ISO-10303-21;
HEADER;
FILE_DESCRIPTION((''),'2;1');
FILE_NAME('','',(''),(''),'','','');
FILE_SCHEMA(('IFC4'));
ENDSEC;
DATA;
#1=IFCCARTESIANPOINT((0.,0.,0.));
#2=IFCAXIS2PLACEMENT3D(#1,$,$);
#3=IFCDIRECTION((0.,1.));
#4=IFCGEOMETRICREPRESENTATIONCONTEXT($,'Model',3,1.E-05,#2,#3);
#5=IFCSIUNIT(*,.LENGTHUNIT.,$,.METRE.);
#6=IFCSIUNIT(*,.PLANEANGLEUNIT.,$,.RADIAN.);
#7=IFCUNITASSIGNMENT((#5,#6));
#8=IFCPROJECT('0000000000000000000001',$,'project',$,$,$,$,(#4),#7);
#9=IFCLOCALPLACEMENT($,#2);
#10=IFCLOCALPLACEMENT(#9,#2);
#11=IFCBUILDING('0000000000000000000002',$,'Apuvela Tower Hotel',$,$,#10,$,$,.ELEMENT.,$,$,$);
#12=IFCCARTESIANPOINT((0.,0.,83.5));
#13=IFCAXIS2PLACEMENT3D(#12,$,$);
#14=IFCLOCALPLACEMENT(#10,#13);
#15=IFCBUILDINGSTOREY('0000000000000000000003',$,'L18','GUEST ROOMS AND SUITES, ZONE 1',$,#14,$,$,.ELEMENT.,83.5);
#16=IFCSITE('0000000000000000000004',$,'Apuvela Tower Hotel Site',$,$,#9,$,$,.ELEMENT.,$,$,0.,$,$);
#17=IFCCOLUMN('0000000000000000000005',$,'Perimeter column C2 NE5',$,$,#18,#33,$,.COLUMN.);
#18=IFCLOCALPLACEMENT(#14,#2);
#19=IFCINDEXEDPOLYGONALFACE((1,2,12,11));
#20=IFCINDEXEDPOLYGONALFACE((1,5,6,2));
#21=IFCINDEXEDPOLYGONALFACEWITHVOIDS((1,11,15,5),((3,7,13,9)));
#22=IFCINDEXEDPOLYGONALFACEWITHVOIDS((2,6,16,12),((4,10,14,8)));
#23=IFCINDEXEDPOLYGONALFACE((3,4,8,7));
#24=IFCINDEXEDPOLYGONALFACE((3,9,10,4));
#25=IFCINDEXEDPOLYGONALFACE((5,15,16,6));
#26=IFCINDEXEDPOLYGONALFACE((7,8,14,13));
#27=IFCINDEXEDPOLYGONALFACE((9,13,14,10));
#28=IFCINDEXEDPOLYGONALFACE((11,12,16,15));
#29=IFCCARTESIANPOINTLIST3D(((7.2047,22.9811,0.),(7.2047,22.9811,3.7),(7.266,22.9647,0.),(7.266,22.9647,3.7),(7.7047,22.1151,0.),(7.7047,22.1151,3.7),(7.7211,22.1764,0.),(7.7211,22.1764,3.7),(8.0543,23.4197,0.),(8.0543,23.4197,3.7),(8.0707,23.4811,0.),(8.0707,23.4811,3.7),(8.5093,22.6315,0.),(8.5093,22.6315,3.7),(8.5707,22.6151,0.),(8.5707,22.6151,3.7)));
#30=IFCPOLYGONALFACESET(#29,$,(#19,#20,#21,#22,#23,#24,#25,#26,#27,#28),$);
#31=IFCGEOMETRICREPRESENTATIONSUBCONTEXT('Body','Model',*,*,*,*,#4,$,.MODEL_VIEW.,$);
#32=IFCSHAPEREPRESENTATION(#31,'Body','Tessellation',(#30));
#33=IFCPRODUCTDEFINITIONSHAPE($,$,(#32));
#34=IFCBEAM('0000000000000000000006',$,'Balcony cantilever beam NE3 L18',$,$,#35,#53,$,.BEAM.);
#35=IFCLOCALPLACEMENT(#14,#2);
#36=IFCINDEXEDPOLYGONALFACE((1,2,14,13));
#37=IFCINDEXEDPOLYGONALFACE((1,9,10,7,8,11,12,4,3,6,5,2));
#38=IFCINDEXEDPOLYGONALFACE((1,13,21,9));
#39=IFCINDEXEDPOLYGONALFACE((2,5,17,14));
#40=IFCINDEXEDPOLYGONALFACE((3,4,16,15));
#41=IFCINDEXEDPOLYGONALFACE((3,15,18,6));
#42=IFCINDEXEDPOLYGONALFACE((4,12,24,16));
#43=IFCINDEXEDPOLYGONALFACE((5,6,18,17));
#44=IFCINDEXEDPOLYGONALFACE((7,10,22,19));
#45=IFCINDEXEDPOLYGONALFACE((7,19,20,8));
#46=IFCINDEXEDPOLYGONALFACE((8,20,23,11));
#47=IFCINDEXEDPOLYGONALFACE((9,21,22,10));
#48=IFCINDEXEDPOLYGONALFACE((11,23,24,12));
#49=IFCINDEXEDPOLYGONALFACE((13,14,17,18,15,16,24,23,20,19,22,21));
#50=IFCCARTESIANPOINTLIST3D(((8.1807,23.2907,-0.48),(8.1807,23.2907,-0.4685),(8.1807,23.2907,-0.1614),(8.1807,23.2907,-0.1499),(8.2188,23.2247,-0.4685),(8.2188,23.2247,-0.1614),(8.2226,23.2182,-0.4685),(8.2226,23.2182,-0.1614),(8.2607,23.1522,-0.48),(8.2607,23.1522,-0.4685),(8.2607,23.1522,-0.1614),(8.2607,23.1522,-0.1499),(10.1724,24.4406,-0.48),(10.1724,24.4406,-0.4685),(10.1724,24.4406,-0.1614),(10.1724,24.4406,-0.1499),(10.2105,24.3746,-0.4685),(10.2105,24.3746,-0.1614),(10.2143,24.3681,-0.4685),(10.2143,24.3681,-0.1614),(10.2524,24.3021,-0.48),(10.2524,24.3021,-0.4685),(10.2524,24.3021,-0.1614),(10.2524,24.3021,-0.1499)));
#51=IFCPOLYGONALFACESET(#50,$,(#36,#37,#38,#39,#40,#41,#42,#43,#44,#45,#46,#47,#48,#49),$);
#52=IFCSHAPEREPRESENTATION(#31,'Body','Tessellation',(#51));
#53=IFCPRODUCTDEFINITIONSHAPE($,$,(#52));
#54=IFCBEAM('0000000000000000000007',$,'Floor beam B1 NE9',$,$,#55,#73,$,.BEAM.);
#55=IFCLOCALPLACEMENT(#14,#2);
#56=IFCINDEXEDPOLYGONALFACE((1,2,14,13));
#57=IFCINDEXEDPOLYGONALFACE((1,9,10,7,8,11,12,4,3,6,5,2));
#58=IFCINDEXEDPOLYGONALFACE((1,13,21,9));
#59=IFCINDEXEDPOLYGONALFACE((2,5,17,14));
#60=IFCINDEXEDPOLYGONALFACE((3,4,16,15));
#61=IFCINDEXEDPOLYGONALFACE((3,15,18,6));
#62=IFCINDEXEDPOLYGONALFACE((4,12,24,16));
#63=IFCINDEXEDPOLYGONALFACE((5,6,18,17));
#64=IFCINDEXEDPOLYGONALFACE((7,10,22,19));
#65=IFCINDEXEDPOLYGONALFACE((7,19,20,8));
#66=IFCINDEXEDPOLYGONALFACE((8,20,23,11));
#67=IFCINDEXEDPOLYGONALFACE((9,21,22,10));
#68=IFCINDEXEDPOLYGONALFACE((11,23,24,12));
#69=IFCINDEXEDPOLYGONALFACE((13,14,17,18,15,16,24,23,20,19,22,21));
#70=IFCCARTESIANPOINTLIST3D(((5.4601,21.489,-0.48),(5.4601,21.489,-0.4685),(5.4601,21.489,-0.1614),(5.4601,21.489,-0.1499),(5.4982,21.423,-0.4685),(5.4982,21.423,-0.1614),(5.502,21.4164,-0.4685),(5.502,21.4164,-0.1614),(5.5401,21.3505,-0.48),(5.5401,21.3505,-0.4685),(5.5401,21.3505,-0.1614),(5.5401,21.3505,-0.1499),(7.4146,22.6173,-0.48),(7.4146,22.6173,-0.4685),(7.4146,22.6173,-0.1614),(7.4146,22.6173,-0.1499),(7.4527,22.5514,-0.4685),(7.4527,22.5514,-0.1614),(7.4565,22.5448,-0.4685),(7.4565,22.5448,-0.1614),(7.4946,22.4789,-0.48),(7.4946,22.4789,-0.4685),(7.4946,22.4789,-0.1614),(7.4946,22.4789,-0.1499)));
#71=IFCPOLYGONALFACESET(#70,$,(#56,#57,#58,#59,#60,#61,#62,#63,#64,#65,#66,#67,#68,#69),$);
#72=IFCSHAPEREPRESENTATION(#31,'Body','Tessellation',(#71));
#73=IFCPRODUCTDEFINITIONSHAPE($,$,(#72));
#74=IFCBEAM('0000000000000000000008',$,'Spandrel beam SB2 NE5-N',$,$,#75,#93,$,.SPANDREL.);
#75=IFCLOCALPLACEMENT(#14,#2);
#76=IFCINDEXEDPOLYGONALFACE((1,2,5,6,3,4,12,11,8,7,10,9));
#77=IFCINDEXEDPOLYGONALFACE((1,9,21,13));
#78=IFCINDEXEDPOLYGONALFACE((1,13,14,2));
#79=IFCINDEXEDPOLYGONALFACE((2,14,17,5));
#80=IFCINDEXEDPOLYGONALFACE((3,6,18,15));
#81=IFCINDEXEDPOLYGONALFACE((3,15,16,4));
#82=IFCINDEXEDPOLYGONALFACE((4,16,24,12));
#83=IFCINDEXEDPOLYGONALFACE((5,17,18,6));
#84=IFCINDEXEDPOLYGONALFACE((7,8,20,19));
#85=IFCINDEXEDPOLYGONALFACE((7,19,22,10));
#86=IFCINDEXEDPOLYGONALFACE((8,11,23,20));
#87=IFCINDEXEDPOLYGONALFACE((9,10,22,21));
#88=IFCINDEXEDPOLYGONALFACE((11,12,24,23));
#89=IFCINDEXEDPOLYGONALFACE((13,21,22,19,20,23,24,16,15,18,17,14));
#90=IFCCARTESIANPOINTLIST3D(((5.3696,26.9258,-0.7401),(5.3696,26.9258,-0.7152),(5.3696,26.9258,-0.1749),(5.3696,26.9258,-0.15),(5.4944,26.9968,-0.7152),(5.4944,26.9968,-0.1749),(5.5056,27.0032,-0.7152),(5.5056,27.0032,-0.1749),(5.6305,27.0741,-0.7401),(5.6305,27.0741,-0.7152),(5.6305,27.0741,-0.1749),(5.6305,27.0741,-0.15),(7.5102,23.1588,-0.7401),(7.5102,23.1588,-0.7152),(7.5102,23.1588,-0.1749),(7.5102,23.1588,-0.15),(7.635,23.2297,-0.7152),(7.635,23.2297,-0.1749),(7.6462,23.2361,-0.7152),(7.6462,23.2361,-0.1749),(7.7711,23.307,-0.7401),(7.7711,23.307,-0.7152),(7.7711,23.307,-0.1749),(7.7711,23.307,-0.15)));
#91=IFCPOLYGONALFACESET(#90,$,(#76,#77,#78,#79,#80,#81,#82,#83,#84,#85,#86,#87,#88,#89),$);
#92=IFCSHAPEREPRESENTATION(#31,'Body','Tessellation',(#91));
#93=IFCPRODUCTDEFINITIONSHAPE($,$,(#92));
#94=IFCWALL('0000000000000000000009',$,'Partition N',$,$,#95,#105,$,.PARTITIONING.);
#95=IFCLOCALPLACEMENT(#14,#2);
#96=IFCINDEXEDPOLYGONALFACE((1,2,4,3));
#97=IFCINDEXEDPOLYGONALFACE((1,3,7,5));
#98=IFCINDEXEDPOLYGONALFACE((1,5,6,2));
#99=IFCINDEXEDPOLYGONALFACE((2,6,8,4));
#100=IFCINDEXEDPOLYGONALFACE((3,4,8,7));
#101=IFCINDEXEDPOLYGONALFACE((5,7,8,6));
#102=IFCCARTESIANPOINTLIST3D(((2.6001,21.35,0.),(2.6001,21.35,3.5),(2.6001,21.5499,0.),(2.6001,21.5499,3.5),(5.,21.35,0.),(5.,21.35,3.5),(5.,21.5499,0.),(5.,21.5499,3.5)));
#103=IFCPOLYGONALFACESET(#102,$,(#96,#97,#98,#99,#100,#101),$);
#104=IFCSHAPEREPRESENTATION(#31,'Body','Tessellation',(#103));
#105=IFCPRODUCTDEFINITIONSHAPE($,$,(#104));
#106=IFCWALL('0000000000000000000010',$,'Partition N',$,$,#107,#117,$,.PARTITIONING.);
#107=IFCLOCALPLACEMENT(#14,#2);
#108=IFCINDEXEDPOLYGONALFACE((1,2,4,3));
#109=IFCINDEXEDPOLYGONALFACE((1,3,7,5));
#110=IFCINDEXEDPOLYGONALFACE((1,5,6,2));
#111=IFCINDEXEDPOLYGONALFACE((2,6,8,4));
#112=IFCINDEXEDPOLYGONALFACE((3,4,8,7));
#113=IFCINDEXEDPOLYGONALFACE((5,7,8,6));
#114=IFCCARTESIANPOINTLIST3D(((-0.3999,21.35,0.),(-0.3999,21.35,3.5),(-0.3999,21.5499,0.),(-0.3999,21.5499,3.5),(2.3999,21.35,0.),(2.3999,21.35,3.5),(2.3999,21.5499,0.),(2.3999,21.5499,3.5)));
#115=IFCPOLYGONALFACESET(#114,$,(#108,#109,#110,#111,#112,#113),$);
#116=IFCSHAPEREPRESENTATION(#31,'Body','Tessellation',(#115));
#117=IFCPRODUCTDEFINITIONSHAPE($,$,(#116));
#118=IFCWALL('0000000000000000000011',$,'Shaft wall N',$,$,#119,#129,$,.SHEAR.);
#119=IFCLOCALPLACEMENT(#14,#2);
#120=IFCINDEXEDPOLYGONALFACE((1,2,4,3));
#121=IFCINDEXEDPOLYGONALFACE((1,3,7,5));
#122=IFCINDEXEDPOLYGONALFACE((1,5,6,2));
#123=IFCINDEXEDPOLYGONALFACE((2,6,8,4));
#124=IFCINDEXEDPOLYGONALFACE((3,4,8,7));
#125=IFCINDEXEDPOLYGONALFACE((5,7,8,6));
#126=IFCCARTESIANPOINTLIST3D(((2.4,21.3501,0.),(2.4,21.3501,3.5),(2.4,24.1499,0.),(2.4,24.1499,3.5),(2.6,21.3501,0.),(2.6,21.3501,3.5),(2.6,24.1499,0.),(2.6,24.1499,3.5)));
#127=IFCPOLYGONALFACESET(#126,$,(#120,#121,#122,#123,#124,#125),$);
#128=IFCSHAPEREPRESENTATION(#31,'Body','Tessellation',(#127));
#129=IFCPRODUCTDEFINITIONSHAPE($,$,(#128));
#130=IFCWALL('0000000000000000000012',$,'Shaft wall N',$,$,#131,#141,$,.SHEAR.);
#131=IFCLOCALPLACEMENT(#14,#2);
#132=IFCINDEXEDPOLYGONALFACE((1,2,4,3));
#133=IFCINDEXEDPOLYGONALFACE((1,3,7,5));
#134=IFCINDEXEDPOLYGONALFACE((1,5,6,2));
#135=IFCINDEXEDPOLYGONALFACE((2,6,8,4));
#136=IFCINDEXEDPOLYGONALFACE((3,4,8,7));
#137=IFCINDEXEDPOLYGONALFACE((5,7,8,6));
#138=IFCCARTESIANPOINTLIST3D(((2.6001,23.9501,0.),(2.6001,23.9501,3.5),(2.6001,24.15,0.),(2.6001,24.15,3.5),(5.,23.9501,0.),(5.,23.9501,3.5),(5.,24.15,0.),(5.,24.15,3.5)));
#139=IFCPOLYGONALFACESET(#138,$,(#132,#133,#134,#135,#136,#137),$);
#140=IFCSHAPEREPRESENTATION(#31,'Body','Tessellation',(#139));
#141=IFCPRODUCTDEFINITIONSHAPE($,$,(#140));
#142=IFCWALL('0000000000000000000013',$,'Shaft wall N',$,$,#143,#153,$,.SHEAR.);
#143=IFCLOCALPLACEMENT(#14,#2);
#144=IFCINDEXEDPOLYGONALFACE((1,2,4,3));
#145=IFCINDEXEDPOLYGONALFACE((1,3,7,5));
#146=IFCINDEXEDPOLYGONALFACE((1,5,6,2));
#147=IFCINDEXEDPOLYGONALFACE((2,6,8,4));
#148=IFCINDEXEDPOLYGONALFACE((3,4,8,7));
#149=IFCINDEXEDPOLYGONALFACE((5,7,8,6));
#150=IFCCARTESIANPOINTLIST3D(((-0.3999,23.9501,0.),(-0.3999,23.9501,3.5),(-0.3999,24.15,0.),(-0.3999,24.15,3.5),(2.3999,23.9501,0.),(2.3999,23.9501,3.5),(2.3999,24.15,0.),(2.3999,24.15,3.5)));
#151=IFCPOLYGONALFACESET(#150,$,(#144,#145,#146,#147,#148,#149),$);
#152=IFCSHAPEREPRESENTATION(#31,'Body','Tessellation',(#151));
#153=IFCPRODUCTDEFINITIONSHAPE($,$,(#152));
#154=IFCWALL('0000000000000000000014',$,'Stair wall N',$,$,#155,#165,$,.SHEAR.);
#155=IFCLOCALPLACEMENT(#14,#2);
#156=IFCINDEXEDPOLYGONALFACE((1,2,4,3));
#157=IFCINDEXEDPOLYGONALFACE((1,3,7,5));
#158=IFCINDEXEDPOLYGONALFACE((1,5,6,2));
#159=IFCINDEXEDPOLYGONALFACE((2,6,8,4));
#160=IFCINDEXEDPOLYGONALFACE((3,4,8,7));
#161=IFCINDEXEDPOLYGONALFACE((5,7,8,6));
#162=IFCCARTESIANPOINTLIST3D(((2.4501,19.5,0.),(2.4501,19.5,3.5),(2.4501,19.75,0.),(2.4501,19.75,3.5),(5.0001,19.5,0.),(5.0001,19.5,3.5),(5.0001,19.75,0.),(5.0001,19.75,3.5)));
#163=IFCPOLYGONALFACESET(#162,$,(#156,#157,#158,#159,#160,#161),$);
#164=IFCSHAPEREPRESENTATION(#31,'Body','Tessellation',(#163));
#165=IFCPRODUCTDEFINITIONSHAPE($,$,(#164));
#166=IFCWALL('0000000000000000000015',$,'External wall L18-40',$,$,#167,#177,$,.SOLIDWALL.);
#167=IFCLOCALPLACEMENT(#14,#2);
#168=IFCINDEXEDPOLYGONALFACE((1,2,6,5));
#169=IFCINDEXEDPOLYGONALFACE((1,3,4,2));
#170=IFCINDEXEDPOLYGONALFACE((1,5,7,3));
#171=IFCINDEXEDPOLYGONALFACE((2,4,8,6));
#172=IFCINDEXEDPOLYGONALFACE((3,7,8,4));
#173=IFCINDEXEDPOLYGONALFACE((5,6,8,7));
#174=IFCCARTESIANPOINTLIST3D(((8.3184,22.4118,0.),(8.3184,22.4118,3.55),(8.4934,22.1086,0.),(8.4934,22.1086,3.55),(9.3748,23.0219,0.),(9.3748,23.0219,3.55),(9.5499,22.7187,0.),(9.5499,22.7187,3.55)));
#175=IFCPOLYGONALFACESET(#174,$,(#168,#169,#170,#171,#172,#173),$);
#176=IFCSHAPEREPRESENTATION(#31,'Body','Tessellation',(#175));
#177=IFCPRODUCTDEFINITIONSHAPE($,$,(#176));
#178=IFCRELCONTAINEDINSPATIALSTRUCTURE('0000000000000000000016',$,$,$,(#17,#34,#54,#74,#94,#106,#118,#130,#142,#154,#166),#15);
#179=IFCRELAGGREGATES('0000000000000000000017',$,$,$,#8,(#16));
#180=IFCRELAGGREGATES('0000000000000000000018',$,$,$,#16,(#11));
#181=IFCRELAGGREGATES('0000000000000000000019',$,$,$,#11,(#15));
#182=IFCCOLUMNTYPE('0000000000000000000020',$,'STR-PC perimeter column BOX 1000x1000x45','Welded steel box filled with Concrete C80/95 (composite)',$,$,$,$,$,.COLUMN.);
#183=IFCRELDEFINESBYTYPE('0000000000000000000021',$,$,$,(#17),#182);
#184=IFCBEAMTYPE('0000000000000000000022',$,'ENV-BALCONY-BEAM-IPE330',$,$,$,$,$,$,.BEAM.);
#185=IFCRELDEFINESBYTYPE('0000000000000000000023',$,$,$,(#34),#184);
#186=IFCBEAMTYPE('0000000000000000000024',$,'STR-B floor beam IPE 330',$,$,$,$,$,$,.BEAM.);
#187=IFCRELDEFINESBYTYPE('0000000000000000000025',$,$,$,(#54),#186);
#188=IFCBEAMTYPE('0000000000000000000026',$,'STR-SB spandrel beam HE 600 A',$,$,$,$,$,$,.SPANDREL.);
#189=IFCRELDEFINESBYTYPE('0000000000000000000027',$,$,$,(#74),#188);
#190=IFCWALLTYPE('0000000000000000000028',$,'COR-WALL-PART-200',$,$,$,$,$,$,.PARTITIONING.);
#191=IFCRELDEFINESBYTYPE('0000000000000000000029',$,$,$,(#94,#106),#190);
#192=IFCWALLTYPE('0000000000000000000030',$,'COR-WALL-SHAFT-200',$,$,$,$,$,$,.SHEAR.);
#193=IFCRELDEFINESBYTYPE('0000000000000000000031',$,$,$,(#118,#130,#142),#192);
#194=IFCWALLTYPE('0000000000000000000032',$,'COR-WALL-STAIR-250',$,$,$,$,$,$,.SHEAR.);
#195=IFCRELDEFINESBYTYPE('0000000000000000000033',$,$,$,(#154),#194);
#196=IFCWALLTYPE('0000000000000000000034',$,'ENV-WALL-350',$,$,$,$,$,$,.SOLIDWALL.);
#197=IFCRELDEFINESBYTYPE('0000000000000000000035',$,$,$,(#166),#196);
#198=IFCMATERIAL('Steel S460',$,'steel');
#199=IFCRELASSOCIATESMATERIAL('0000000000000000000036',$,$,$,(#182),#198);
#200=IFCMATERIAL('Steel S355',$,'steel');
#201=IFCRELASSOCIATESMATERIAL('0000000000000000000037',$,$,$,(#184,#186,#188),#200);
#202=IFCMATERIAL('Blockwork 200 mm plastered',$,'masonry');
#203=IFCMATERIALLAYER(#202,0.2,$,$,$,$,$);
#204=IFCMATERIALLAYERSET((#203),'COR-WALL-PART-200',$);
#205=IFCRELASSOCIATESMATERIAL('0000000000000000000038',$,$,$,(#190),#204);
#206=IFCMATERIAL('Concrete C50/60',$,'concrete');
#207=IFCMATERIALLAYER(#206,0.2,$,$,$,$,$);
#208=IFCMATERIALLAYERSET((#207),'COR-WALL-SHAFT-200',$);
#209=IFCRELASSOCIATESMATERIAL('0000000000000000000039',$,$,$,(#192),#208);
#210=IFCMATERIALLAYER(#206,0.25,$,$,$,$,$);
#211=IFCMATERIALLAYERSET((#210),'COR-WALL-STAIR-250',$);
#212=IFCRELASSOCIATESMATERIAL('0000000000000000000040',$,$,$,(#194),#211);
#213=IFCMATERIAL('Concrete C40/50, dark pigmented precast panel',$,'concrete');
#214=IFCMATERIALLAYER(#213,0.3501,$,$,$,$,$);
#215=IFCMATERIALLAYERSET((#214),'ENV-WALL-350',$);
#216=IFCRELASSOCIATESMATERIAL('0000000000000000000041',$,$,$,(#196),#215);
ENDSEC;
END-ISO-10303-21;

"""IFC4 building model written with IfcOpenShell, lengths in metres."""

from ifc_helpers import new_model, si_unit, direction, frame, frame_2d, origin, origin_2d, place, context, subcontext, project, spatial, rectangle, hollow_rectangle, i_section, extrude, material, layer, layer_set, material_profile, profile_set, type_object, element, save


model = new_model("IFC4")

# Units and contexts
model_context = context("Model", 3, precision=1e-05, world=origin(), true_north=direction((0.0, 1.0)))
body_context = subcontext(model_context, "Body", "Model", "MODEL_VIEW")
ifc_project = project(units=[si_unit("LENGTHUNIT", "METRE"), si_unit("PLANEANGLEUNIT", "RADIAN")], contexts=[model_context])

# Site, building, storey
site_placement = place(None, origin())
site = spatial("IfcSite", under=ifc_project, at=site_placement, Name="Apuvela Tower Hotel Site", CompositionType="ELEMENT", RefElevation=0.0)
building_placement = place(site_placement, origin())
building = spatial("IfcBuilding", under=site, at=building_placement, Name="Apuvela Tower Hotel", CompositionType="ELEMENT")
storey_placement = place(building_placement, frame((0.0, 0.0, 83.5)))
storey = spatial("IfcBuildingStorey", under=building, at=storey_placement, Name="L18", Description="GUEST ROOMS AND SUITES, ZONE 1", CompositionType="ELEMENT", Elevation=83.5)

# Column
ifc_material_1 = material(Name="Steel S460", Category="steel")
ifc_material_profile_1 = material_profile(ifc_material_1, hollow_rectangle(XDim=1.0, YDim=1.0, WallThickness=0.0449, at=origin_2d()), Name="BOX 1000x1000x45")
ifc_material_2 = material(Name="Concrete C80/95", Category="concrete")
ifc_material_profile_2 = material_profile(ifc_material_2, rectangle(XDim=0.9099, YDim=0.9099, at=origin_2d()), Name="Concrete C80/95 infill")
ifc_profile_set_1 = profile_set([ifc_material_profile_1, ifc_material_profile_2], Name="Steel S460")
column_type = type_object("IfcColumnType", Name="STR-PC perimeter column BOX 1000x1000x45", Description="Welded steel box filled with Concrete C80/95 (composite)", PredefinedType="COLUMN", material=ifc_profile_set_1)
column_placement = place(storey_placement, frame((7.8877, 22.7981, 0.0), z_axis=(0.0, 0.0, 1.0), x_axis=(-0.5, 0.866025, 0.0)))
element("IfcColumn", 1, at=column_placement, inside=storey, type_object=column_type, Name="Perimeter column C2 NE5", PredefinedType="COLUMN", context=body_context, shape_type="SweptSolid", body=[
    extrude(hollow_rectangle(XDim=1.0, YDim=1.0, WallThickness=0.0449, at=origin_2d()), origin(), (0.0, 0.0, 1.0), 3.7),
])

# Beams
ifc_material_3 = material(Name="Steel S355", Category="steel")
ifc_material_profile_3 = material_profile(ifc_material_3, i_section(OverallWidth=0.1599, OverallDepth=0.3301, WebThickness=0.0076, FlangeThickness=0.0115, at=origin_2d()), Name="IPE 330")
ifc_profile_set_2 = profile_set([ifc_material_profile_3], Name="Steel S355")
beam_type_1 = type_object("IfcBeamType", Name="ENV-BALCONY-BEAM-IPE330", PredefinedType="BEAM", material=ifc_profile_set_2)
beam_1_placement = place(storey_placement, frame((8.2207, 23.2214, -0.3149), z_axis=(0.866026, 0.499998, 0.0), x_axis=(-0.499998, 0.866026, 0.0)))
element("IfcBeam", 2, at=beam_1_placement, inside=storey, type_object=beam_type_1, Name="Balcony cantilever beam NE3 L18", PredefinedType="BEAM", context=body_context, shape_type="SweptSolid", body=[
    extrude(i_section(OverallWidth=0.1599, OverallDepth=0.3301, WebThickness=0.0076, FlangeThickness=0.0115, at=origin_2d()), origin(), (0.0, 0.0, 1.0), 2.2998),
])
ifc_material_profile_4 = material_profile(ifc_material_3, i_section(OverallWidth=0.1599, OverallDepth=0.3301, WebThickness=0.0076, FlangeThickness=0.0115, at=origin_2d()), Name="IPE 330")
ifc_profile_set_3 = profile_set([ifc_material_profile_4], Name="Steel S355")
beam_type_2 = type_object("IfcBeamType", Name="STR-B floor beam IPE 330", PredefinedType="BEAM", material=ifc_profile_set_3)
beam_2_placement = place(storey_placement, frame((7.4546, 22.5481, -0.3149), z_axis=(-0.866038, -0.499978, 0.0), x_axis=(0.499978, -0.866038, 0.0)))
element("IfcBeam", 3, at=beam_2_placement, inside=storey, type_object=beam_type_2, Name="Floor beam B1 NE9", PredefinedType="BEAM", context=body_context, shape_type="SweptSolid", body=[
    extrude(i_section(OverallWidth=0.1599, OverallDepth=0.3301, WebThickness=0.0076, FlangeThickness=0.0115, at=origin_2d()), origin(), (0.0, 0.0, 1.0), 2.2568),
])
ifc_material_profile_5 = material_profile(ifc_material_3, i_section(OverallWidth=0.3, OverallDepth=0.5901, WebThickness=0.0129, FlangeThickness=0.0249, at=origin_2d()), Name="HE 600 A")
ifc_profile_set_4 = profile_set([ifc_material_profile_5], Name="Steel S355")
beam_type_3 = type_object("IfcBeamType", Name="STR-SB spandrel beam HE 600 A", PredefinedType="SPANDREL", material=ifc_profile_set_4)
beam_3_placement = place(storey_placement, frame((7.6406, 23.2329, -0.4451), z_axis=(-0.49405, 0.869433, 0.0), x_axis=(-0.869433, -0.49405, 0.0)))
element("IfcBeam", 4, at=beam_3_placement, inside=storey, type_object=beam_type_3, Name="Spandrel beam SB2 NE5-N", PredefinedType="SPANDREL", context=body_context, shape_type="SweptSolid", body=[
    extrude(i_section(OverallWidth=0.3, OverallDepth=0.5901, WebThickness=0.0129, FlangeThickness=0.0249, at=origin_2d()), origin(), (0.0, 0.0, 1.0), 4.3328),
])

# Walls
ifc_material_4 = material(Name="Blockwork 200 mm plastered", Category="masonry")
ifc_layer_1 = layer(ifc_material_4, 0.2)
ifc_layer_set_1 = layer_set([ifc_layer_1], Name="COR-WALL-PART-200")
wall_type_1 = type_object("IfcWallType", Name="COR-WALL-PART-200", PredefinedType="PARTITIONING", material=ifc_layer_set_1)
wall_1_placement = place(storey_placement, frame((5.0, 21.45, 0.0), z_axis=(0.0, 0.0, 1.0), x_axis=(-1.0, 0.0, 0.0)))
element("IfcWall", 5, at=wall_1_placement, inside=storey, type_object=wall_type_1, Name="Partition N", PredefinedType="PARTITIONING", context=body_context, shape_type="SweptSolid", body=[
    extrude(rectangle(XDim=2.3999, YDim=0.2, at=frame_2d((1.2, 0.0))), origin(), (0.0, 0.0, 1.0), 3.5),
])
wall_2_placement = place(storey_placement, frame((2.3999, 21.45, 0.0), z_axis=(0.0, 0.0, 1.0), x_axis=(-1.0, 0.0, 0.0)))
element("IfcWall", 6, at=wall_2_placement, inside=storey, type_object=wall_type_1, Name="Partition N", PredefinedType="PARTITIONING", context=body_context, shape_type="SweptSolid", body=[
    extrude(rectangle(XDim=2.7998, YDim=0.2, at=frame_2d((1.3999, 0.0))), origin(), (0.0, 0.0, 1.0), 3.5),
])
ifc_material_5 = material(Name="Concrete C50/60", Category="concrete")
ifc_layer_2 = layer(ifc_material_5, 0.2)
ifc_layer_set_2 = layer_set([ifc_layer_2], Name="COR-WALL-SHAFT-200")
wall_type_2 = type_object("IfcWallType", Name="COR-WALL-SHAFT-200", PredefinedType="SHEAR", material=ifc_layer_set_2)
wall_3_placement = place(storey_placement, frame((2.5, 21.3501, 0.0), z_axis=(0.0, 0.0, 1.0), x_axis=(0.0, 1.0, 0.0)))
element("IfcWall", 7, at=wall_3_placement, inside=storey, type_object=wall_type_2, Name="Shaft wall N", PredefinedType="SHEAR", context=body_context, shape_type="SweptSolid", body=[
    extrude(rectangle(XDim=2.7998, YDim=0.2, at=frame_2d((1.3999, 0.0))), origin(), (0.0, 0.0, 1.0), 3.5),
])
wall_4_placement = place(storey_placement, frame((5.0, 24.05, 0.0), z_axis=(0.0, 0.0, 1.0), x_axis=(-1.0, 0.0, 0.0)))
element("IfcWall", 8, at=wall_4_placement, inside=storey, type_object=wall_type_2, Name="Shaft wall N", PredefinedType="SHEAR", context=body_context, shape_type="SweptSolid", body=[
    extrude(rectangle(XDim=2.3999, YDim=0.2, at=frame_2d((1.2, 0.0))), origin(), (0.0, 0.0, 1.0), 3.5),
])
wall_5_placement = place(storey_placement, frame((2.3999, 24.05, 0.0), z_axis=(0.0, 0.0, 1.0), x_axis=(-1.0, 0.0, 0.0)))
element("IfcWall", 9, at=wall_5_placement, inside=storey, type_object=wall_type_2, Name="Shaft wall N", PredefinedType="SHEAR", context=body_context, shape_type="SweptSolid", body=[
    extrude(rectangle(XDim=2.7998, YDim=0.2, at=frame_2d((1.3999, 0.0))), origin(), (0.0, 0.0, 1.0), 3.5),
])
ifc_layer_3 = layer(ifc_material_5, 0.25)
ifc_layer_set_3 = layer_set([ifc_layer_3], Name="COR-WALL-STAIR-250")
wall_type_3 = type_object("IfcWallType", Name="COR-WALL-STAIR-250", PredefinedType="SHEAR", material=ifc_layer_set_3)
wall_6_placement = place(storey_placement, frame((5.0, 19.625, 0.0), z_axis=(0.0, 0.0, 1.0), x_axis=(-1.0, 0.0, 0.0)))
element("IfcWall", 10, at=wall_6_placement, inside=storey, type_object=wall_type_3, Name="Stair wall N", PredefinedType="SHEAR", context=body_context, shape_type="SweptSolid", body=[
    extrude(rectangle(XDim=2.55, YDim=0.25, at=frame_2d((1.2749, 0.0))), origin(), (0.0, 0.0, 1.0), 3.5),
])
ifc_material_6 = material(Name="Concrete C40/50, dark pigmented precast panel", Category="concrete")
ifc_layer_4 = layer(ifc_material_6, 0.3501)
ifc_layer_set_4 = layer_set([ifc_layer_4], Name="ENV-WALL-350")
wall_type_4 = type_object("IfcWallType", Name="ENV-WALL-350", PredefinedType="SOLIDWALL", material=ifc_layer_set_4)
wall_7_placement = place(storey_placement, frame((8.406, 22.2603, 0.0), z_axis=(0.0, 0.0, 1.0), x_axis=(0.865956, 0.500121, 0.0)))
element("IfcWall", 11, at=wall_7_placement, inside=storey, type_object=wall_type_4, Name="External wall L18-40", PredefinedType="SOLIDWALL", context=body_context, shape_type="SweptSolid", body=[
    extrude(rectangle(XDim=1.22, YDim=0.3501, at=frame_2d((0.6099, 0.0))), origin(), (0.0, 0.0, 1.0), 3.55),
])

save(model, "model.ifc")
